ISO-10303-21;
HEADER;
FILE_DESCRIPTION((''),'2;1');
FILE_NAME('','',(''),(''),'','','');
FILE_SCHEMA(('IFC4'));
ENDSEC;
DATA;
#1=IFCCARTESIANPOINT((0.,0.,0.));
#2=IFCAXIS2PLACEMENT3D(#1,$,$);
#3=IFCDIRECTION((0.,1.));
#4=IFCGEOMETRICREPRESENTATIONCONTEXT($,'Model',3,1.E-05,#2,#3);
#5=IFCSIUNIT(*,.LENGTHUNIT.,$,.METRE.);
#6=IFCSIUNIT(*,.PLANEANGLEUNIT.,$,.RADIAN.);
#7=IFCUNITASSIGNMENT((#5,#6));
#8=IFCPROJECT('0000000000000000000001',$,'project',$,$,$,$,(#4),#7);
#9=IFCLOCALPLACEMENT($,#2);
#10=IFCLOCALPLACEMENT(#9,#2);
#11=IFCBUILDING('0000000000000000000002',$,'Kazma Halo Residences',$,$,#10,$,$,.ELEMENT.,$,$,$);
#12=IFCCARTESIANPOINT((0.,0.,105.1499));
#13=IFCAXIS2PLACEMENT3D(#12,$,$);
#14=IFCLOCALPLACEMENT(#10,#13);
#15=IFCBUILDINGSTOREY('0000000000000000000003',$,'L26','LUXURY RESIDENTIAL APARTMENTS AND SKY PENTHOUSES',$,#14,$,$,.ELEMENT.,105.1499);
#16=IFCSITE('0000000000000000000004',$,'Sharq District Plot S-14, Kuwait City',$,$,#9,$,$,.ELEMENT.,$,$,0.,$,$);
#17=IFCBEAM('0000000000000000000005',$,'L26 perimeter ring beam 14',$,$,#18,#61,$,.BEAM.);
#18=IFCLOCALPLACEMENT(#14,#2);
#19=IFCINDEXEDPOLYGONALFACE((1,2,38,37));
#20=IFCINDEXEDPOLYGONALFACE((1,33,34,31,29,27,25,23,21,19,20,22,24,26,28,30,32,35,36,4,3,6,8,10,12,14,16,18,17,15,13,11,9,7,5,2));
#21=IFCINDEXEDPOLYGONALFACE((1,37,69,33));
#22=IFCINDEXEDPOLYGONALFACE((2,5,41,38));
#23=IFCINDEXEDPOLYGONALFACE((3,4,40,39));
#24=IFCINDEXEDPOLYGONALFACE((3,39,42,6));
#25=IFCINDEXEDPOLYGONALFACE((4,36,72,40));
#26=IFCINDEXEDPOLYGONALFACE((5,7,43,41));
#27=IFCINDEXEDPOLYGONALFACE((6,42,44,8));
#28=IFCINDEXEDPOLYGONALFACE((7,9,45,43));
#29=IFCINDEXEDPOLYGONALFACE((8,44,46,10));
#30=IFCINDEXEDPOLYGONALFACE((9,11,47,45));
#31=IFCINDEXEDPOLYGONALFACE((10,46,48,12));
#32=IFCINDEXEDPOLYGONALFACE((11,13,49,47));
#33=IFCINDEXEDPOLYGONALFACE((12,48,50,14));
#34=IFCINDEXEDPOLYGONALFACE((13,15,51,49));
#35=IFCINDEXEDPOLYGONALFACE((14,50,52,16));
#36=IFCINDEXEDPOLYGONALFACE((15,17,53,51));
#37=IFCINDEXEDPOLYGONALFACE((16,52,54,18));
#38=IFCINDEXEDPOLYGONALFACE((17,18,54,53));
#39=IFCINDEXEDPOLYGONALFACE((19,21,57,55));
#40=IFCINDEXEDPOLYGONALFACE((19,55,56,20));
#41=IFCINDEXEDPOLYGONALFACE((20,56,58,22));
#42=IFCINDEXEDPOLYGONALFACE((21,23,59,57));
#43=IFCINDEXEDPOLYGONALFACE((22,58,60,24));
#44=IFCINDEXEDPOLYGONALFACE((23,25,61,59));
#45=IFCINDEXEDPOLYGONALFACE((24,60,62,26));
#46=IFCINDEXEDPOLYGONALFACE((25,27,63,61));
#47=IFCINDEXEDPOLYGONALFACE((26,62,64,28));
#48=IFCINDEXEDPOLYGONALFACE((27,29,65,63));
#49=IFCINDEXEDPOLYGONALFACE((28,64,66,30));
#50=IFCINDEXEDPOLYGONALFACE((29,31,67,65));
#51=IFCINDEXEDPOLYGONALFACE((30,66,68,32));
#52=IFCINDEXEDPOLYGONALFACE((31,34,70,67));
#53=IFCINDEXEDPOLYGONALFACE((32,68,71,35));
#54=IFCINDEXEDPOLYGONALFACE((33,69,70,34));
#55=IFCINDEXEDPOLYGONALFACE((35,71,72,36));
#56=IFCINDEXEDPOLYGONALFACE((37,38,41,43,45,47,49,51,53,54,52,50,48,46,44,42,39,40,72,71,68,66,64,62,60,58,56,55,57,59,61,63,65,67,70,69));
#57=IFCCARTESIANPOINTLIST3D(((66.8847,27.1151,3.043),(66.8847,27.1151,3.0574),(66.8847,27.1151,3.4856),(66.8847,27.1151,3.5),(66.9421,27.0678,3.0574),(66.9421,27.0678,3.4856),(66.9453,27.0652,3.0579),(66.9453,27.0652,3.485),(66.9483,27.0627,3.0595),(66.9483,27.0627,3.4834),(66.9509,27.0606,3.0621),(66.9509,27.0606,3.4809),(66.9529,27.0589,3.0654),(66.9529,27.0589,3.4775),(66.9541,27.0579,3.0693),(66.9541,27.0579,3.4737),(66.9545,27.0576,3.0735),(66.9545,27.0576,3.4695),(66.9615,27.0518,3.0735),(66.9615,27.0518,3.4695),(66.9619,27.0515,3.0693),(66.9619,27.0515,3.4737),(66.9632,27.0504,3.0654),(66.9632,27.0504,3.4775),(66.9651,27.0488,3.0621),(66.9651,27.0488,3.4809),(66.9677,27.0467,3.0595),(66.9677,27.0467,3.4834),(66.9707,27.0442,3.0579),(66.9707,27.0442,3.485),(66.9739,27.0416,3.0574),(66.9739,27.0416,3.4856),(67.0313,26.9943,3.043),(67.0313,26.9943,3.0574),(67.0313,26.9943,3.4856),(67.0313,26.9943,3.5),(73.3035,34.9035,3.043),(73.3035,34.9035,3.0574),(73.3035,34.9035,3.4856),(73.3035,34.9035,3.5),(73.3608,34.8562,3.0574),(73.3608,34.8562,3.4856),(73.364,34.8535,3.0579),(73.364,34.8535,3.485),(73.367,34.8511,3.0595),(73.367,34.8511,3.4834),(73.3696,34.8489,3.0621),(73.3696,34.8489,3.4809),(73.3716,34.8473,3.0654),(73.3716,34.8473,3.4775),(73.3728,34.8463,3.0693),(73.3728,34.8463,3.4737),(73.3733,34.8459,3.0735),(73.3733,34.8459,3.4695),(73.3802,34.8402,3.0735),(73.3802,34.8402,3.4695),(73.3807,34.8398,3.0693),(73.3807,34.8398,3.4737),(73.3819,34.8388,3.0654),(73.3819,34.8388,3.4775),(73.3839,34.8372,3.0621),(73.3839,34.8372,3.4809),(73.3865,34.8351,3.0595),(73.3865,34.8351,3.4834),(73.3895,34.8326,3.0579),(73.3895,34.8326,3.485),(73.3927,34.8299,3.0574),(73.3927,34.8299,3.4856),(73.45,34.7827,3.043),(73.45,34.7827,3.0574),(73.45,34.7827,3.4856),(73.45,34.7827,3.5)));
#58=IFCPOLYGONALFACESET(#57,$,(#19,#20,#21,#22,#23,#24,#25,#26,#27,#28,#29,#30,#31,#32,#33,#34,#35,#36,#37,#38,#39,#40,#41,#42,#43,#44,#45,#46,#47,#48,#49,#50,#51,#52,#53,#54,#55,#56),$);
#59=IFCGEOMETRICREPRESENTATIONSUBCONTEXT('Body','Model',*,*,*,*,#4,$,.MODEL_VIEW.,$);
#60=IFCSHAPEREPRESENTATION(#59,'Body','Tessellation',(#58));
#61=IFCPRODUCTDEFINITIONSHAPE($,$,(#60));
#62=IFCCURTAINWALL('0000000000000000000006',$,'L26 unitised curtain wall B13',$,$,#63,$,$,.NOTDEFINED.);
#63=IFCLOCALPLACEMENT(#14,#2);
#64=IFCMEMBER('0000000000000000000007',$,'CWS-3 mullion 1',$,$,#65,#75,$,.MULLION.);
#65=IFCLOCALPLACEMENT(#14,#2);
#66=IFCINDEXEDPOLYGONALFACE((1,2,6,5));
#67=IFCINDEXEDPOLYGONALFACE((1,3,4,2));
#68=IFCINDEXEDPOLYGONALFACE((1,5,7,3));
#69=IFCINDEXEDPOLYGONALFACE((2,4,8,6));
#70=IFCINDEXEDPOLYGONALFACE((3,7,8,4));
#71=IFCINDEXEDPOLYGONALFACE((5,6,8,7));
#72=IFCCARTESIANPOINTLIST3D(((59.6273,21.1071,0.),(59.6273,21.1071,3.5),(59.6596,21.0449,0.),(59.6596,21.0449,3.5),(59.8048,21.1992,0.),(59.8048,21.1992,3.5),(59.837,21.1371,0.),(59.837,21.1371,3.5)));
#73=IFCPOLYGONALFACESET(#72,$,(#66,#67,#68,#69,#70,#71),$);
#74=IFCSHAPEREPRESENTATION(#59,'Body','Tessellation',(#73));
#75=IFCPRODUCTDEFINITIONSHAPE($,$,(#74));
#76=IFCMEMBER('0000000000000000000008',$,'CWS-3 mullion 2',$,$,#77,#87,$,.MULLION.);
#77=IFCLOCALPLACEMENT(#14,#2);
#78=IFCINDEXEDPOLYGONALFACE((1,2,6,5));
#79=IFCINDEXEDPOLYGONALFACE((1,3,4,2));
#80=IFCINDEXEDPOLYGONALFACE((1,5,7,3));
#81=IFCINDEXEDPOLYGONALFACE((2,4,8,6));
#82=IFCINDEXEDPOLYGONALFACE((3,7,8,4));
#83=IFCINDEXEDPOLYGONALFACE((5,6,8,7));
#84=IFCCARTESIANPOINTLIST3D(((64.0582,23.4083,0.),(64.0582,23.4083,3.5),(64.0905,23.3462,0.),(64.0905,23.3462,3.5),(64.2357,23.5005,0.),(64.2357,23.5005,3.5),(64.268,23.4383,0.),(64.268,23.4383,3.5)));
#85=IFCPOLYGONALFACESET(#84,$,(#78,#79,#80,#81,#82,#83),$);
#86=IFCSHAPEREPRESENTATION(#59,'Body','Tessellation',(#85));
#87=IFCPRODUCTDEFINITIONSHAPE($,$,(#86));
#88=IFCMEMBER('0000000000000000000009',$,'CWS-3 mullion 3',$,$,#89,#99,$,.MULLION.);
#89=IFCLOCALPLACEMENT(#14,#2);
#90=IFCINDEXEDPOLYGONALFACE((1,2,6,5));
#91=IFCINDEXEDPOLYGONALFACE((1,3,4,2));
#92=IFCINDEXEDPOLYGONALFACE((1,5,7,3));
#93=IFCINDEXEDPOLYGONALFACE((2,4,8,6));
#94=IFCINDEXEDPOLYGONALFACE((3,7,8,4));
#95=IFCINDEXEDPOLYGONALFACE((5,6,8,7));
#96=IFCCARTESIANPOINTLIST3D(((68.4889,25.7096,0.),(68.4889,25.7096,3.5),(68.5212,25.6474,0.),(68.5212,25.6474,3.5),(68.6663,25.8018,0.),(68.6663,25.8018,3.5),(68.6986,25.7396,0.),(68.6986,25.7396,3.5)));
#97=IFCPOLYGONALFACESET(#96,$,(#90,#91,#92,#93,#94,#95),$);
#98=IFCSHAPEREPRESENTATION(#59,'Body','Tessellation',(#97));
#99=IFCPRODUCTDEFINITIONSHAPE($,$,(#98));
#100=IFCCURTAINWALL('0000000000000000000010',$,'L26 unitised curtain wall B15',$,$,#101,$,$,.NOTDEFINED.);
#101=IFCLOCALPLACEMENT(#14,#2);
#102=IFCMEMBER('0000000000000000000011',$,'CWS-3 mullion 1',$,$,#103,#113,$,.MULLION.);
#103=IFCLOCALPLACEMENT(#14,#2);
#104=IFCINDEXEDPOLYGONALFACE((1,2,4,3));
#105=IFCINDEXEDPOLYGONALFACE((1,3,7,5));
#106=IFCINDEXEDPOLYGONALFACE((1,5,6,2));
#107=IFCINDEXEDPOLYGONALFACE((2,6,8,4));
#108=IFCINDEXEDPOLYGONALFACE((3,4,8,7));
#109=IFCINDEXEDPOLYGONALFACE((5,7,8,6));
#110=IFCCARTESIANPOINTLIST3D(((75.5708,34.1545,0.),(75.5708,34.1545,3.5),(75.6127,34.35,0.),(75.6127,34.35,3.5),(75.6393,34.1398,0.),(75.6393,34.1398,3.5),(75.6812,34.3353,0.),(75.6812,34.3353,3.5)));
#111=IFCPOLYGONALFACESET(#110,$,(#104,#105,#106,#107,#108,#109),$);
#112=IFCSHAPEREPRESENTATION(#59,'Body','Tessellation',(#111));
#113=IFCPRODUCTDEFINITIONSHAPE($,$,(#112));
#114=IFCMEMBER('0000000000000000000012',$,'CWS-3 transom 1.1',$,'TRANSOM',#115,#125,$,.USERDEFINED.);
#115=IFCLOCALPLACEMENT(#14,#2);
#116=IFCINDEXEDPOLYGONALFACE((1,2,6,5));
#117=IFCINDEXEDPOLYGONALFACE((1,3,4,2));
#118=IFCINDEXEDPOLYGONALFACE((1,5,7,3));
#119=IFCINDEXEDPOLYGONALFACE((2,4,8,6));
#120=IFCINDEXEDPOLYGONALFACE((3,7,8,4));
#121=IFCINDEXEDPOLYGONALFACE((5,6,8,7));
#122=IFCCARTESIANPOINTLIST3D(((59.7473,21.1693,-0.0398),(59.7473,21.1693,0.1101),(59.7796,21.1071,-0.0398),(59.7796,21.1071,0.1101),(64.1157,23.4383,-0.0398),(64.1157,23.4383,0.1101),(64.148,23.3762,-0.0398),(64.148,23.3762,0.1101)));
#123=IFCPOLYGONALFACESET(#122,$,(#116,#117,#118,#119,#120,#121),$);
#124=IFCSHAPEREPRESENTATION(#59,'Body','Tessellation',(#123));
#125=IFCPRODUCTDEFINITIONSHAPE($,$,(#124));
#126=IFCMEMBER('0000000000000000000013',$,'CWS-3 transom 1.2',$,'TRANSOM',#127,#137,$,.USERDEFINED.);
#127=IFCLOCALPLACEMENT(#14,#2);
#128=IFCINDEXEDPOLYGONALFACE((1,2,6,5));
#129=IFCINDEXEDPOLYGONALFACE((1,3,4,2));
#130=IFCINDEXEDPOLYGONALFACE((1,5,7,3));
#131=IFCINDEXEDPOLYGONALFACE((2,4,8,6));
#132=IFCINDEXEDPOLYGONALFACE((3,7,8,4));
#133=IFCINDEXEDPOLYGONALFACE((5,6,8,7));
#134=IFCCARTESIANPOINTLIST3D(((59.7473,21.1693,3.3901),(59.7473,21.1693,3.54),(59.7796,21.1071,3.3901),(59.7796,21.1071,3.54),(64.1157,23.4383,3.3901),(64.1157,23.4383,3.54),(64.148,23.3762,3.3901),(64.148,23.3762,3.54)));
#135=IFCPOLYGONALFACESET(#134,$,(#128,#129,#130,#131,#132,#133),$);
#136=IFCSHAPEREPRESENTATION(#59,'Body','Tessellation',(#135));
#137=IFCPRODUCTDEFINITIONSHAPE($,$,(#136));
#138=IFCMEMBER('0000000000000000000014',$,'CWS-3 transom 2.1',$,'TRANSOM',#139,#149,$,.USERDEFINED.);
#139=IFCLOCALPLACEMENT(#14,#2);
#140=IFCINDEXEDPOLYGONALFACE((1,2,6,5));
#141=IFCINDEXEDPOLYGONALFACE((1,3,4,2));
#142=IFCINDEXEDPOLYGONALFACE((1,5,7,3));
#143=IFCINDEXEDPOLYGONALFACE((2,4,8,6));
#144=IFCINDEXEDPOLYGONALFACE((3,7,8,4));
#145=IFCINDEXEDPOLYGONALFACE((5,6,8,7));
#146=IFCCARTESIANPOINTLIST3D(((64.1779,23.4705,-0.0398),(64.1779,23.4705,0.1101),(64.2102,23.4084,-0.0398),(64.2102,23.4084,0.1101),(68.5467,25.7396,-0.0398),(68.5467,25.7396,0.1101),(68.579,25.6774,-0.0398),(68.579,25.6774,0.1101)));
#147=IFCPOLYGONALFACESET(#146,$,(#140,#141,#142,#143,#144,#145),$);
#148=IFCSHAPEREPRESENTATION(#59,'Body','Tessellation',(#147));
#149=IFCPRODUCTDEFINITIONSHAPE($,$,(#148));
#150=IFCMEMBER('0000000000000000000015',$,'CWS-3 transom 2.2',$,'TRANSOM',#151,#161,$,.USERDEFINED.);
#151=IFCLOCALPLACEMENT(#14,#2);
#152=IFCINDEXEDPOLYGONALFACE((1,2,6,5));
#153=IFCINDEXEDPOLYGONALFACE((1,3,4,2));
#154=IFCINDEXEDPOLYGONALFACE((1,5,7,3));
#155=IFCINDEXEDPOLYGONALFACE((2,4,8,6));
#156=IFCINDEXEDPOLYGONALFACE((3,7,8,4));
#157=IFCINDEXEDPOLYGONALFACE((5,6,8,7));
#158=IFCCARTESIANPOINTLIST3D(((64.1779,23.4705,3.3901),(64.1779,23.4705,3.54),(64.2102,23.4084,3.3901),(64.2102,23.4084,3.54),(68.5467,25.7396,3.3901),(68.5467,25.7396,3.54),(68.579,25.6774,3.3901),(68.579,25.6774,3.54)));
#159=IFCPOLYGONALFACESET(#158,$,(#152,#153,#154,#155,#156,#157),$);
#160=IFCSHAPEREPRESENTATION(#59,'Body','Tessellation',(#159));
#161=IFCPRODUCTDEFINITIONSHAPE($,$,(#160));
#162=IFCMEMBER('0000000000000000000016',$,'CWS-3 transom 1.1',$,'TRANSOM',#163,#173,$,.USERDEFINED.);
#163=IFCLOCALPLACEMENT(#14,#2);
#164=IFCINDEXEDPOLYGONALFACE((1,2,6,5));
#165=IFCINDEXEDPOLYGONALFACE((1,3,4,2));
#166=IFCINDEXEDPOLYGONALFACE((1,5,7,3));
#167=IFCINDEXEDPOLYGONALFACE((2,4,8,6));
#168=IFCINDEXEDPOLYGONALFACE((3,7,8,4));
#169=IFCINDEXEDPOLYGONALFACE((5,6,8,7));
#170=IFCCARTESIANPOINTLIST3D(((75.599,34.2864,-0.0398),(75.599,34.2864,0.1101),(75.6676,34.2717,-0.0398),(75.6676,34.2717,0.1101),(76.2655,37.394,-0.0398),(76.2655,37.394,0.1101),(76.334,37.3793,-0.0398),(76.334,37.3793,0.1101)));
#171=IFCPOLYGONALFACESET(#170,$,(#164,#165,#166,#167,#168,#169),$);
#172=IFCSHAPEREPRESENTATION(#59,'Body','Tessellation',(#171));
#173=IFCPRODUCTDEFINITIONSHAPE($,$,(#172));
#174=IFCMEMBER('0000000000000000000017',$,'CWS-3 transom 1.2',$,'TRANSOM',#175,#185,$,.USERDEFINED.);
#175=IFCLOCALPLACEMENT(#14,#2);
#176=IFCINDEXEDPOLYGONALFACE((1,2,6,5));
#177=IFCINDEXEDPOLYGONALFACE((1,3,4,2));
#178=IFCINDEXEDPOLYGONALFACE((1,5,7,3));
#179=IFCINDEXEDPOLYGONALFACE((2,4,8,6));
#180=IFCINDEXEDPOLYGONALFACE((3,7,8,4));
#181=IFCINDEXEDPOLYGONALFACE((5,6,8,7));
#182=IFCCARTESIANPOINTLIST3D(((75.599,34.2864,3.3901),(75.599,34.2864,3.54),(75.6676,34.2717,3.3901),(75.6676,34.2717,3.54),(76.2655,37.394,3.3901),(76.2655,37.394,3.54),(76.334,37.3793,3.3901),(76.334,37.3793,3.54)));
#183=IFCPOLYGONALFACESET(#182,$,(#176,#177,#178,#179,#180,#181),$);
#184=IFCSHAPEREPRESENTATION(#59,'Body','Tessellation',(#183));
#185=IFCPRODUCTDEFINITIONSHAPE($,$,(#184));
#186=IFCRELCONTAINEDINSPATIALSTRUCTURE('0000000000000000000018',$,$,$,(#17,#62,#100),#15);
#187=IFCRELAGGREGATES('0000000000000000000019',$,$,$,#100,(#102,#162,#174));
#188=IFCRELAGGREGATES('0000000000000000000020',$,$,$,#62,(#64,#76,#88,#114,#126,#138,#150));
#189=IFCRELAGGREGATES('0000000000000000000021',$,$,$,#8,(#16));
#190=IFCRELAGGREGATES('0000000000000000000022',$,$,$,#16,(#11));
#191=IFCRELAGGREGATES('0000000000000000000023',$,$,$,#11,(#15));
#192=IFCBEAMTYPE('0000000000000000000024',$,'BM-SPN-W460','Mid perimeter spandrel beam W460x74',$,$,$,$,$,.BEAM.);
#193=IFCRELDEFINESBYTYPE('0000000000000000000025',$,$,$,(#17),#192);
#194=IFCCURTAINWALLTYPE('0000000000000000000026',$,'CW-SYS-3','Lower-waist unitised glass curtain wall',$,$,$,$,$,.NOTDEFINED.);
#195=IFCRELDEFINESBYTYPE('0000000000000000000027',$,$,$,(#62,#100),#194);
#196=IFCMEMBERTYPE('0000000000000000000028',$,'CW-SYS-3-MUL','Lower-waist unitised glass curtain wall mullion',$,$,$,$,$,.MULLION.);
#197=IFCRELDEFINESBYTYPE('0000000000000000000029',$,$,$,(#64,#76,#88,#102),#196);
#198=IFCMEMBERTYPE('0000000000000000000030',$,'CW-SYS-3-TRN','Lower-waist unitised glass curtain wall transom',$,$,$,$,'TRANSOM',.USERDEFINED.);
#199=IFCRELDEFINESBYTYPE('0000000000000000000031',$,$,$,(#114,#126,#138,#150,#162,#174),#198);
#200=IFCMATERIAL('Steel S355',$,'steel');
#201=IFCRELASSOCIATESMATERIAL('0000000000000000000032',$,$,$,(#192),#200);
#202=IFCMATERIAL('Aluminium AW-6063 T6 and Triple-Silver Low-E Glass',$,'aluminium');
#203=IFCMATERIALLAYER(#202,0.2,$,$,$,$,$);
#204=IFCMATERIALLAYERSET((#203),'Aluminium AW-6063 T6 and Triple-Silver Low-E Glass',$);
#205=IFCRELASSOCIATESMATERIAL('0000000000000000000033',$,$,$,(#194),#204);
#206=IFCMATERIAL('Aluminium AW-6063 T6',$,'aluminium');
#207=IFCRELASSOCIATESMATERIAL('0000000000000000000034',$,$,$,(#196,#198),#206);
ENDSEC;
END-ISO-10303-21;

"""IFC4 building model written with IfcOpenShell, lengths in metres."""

from ifc_helpers import new_model, si_unit, direction, frame, origin, origin_2d, place, context, subcontext, project, spatial, rectangle, i_section, extrude, material, layer, layer_set, material_profile, profile_set, type_object, element, aggregate, save


model = new_model("IFC4")

# Units and contexts
model_context = context("Model", 3, precision=1e-05, world=origin(), true_north=direction((0.0, 1.0)))
body_context = subcontext(model_context, "Body", "Model", "MODEL_VIEW")
ifc_project = project(units=[si_unit("LENGTHUNIT", "METRE"), si_unit("PLANEANGLEUNIT", "RADIAN")], contexts=[model_context])

# Site, building, storey
site_placement = place(None, origin())
site = spatial("IfcSite", under=ifc_project, at=site_placement, Name="Sharq District Plot S-14, Kuwait City", CompositionType="ELEMENT", RefElevation=0.0)
building_placement = place(site_placement, origin())
building = spatial("IfcBuilding", under=site, at=building_placement, Name="Kazma Halo Residences", CompositionType="ELEMENT")
storey_placement = place(building_placement, frame((0.0, 0.0, 105.1499)))
storey = spatial("IfcBuildingStorey", under=building, at=storey_placement, Name="L26", Description="LUXURY RESIDENTIAL APARTMENTS AND SKY PENTHOUSES", CompositionType="ELEMENT", Elevation=105.1499)

# Beam
ifc_material_1 = material(Name="Steel S355", Category="steel")
ifc_material_profile_1 = material_profile(ifc_material_1, i_section(OverallWidth=0.1899, OverallDepth=0.457, WebThickness=0.009, FlangeThickness=0.0144, FilletRadius=0.0161, at=origin_2d()), Name="W460x74")
ifc_profile_set_1 = profile_set([ifc_material_profile_1], Name="Steel S355")
beam_type_1 = type_object("IfcBeamType", Name="BM-SPN-W460", Description="Mid perimeter spandrel beam W460x74", PredefinedType="BEAM", material=ifc_profile_set_1)
beam_1_placement = place(storey_placement, frame((66.958, 27.0547, 3.2715), z_axis=(0.63599, 0.771698, 0.0), x_axis=(-0.771698, 0.63599, 0.0)))
element("IfcBeam", 1, at=beam_1_placement, inside=storey, type_object=beam_type_1, Name="L26 perimeter ring beam 14", PredefinedType="BEAM", context=body_context, shape_type="SweptSolid", body=[
    extrude(i_section(OverallWidth=0.1899, OverallDepth=0.457, WebThickness=0.009, FlangeThickness=0.0144, FilletRadius=0.0161, at=origin_2d()), origin(), (0.0, 0.0, 1.0), 10.0925),
])

# Curtain wall, members
ifc_material_2 = material(Name="Aluminium AW-6063 T6 and Triple-Silver Low-E Glass", Category="aluminium")
ifc_layer_1 = layer(ifc_material_2, 0.2)
ifc_layer_set_1 = layer_set([ifc_layer_1], Name="Aluminium AW-6063 T6 and Triple-Silver Low-E Glass")
curtain_wall_type = type_object("IfcCurtainWallType", Name="CW-SYS-3", Description="Lower-waist unitised glass curtain wall", PredefinedType="NOTDEFINED", material=ifc_layer_set_1)
curtain_wall_1_placement = place(storey_placement, origin())
curtain_wall_1 = element("IfcCurtainWall", 2, at=curtain_wall_1_placement, inside=storey, type_object=curtain_wall_type, Name="L26 unitised curtain wall B13", PredefinedType="NOTDEFINED")
ifc_material_3 = material(Name="Aluminium AW-6063 T6", Category="aluminium")
ifc_material_profile_2 = material_profile(ifc_material_3, rectangle(XDim=0.0701, YDim=0.2, at=origin_2d()), Name="CWM-70x200")
ifc_profile_set_2 = profile_set([ifc_material_profile_2], Name="Aluminium AW-6063 T6")
member_type_1 = type_object("IfcMemberType", Name="CW-SYS-3-MUL", Description="Lower-waist unitised glass curtain wall mullion", PredefinedType="MULLION", material=ifc_profile_set_2)
member_1_placement = place(storey_placement, frame((59.7322, 21.1221, 0.0), z_axis=(0.0, 0.0, 1.0), x_axis=(-0.460932, 0.887435, 0.0)))
member_1 = element("IfcMember", 3, at=member_1_placement, type_object=member_type_1, Name="CWS-3 mullion 1", PredefinedType="MULLION", context=body_context, shape_type="SweptSolid", body=[
    extrude(rectangle(XDim=0.0701, YDim=0.2, at=origin_2d()), origin(), (0.0, 0.0, 1.0), 3.5),
])
member_2_placement = place(storey_placement, frame((64.1631, 23.4233, 0.0), z_axis=(0.0, 0.0, 1.0), x_axis=(-0.460932, 0.887435, 0.0)))
member_2 = element("IfcMember", 4, at=member_2_placement, type_object=member_type_1, Name="CWS-3 mullion 2", PredefinedType="MULLION", context=body_context, shape_type="SweptSolid", body=[
    extrude(rectangle(XDim=0.0701, YDim=0.2, at=origin_2d()), origin(), (0.0, 0.0, 1.0), 3.5),
])
member_3_placement = place(storey_placement, frame((68.5938, 25.7246, 0.0), z_axis=(0.0, 0.0, 1.0), x_axis=(-0.460932, 0.887435, 0.0)))
member_3 = element("IfcMember", 5, at=member_3_placement, type_object=member_type_1, Name="CWS-3 mullion 3", PredefinedType="MULLION", context=body_context, shape_type="SweptSolid", body=[
    extrude(rectangle(XDim=0.0701, YDim=0.2, at=origin_2d()), origin(), (0.0, 0.0, 1.0), 3.5),
])

# Curtain wall, member
curtain_wall_2_placement = place(storey_placement, origin())
curtain_wall_2 = element("IfcCurtainWall", 6, at=curtain_wall_2_placement, inside=storey, type_object=curtain_wall_type, Name="L26 unitised curtain wall B15", PredefinedType="NOTDEFINED")
member_4_placement = place(storey_placement, frame((75.626, 34.2449, 0.0), z_axis=(0.0, 0.0, 1.0), x_axis=(-0.977774, 0.209661, 0.0)))
member_4 = element("IfcMember", 7, at=member_4_placement, type_object=member_type_1, Name="CWS-3 mullion 1", PredefinedType="MULLION", context=body_context, shape_type="SweptSolid", body=[
    extrude(rectangle(XDim=0.0701, YDim=0.2, at=origin_2d()), origin(), (0.0, 0.0, 1.0), 3.5),
])

# Members
ifc_material_profile_3 = material_profile(ifc_material_3, rectangle(XDim=0.0701, YDim=0.1499, at=origin_2d()), Name="CWT-70x150")
ifc_profile_set_3 = profile_set([ifc_material_profile_3], Name="Aluminium AW-6063 T6")
member_type_2 = type_object("IfcMemberType", Name="CW-SYS-3-TRN", Description="Lower-waist unitised glass curtain wall transom", ElementType="TRANSOM", PredefinedType="USERDEFINED", material=ifc_profile_set_3)
member_5_placement = place(storey_placement, frame((59.7634, 21.1382, 0.0352), z_axis=(0.887427, 0.460948, 0.0), x_axis=(-0.460948, 0.887427, 0.0)))
member_5 = element("IfcMember", 8, at=member_5_placement, type_object=member_type_2, Name="CWS-3 transom 1.1", ObjectType="TRANSOM", PredefinedType="USERDEFINED", context=body_context, shape_type="SweptSolid", body=[
    extrude(rectangle(XDim=0.0701, YDim=0.1499, at=origin_2d()), origin(), (0.0, 0.0, 1.0), 4.9226),
])
member_6_placement = place(storey_placement, frame((59.7634, 21.1382, 3.4651), z_axis=(0.887427, 0.460948, 0.0), x_axis=(-0.460948, 0.887427, 0.0)))
member_6 = element("IfcMember", 9, at=member_6_placement, type_object=member_type_2, Name="CWS-3 transom 1.2", ObjectType="TRANSOM", PredefinedType="USERDEFINED", context=body_context, shape_type="SweptSolid", body=[
    extrude(rectangle(XDim=0.0701, YDim=0.1499, at=origin_2d()), origin(), (0.0, 0.0, 1.0), 4.9226),
])
member_7_placement = place(storey_placement, frame((64.1941, 23.4395, 0.0352), z_axis=(0.887438, 0.460928, 0.0), x_axis=(-0.460928, 0.887438, 0.0)))
member_7 = element("IfcMember", 10, at=member_7_placement, type_object=member_type_2, Name="CWS-3 transom 2.1", ObjectType="TRANSOM", PredefinedType="USERDEFINED", context=body_context, shape_type="SweptSolid", body=[
    extrude(rectangle(XDim=0.0701, YDim=0.1499, at=origin_2d()), origin(), (0.0, 0.0, 1.0), 4.9229),
])
member_8_placement = place(storey_placement, frame((64.1941, 23.4395, 3.4651), z_axis=(0.887438, 0.460928, 0.0), x_axis=(-0.460928, 0.887438, 0.0)))
member_8 = element("IfcMember", 11, at=member_8_placement, type_object=member_type_2, Name="CWS-3 transom 2.2", ObjectType="TRANSOM", PredefinedType="USERDEFINED", context=body_context, shape_type="SweptSolid", body=[
    extrude(rectangle(XDim=0.0701, YDim=0.1499, at=origin_2d()), origin(), (0.0, 0.0, 1.0), 4.9229),
])
member_9_placement = place(storey_placement, frame((75.6333, 34.2791, 0.0352), z_axis=(0.209702, 0.977765, 0.0), x_axis=(-0.977765, 0.209702, 0.0)))
member_9 = element("IfcMember", 12, at=member_9_placement, type_object=member_type_2, Name="CWS-3 transom 1.1", ObjectType="TRANSOM", PredefinedType="USERDEFINED", context=body_context, shape_type="SweptSolid", body=[
    extrude(rectangle(XDim=0.0701, YDim=0.1499, at=origin_2d()), origin(), (0.0, 0.0, 1.0), 3.1782),
])
member_10_placement = place(storey_placement, frame((75.6333, 34.2791, 3.4651), z_axis=(0.209702, 0.977765, 0.0), x_axis=(-0.977765, 0.209702, 0.0)))
member_10 = element("IfcMember", 13, at=member_10_placement, type_object=member_type_2, Name="CWS-3 transom 1.2", ObjectType="TRANSOM", PredefinedType="USERDEFINED", context=body_context, shape_type="SweptSolid", body=[
    extrude(rectangle(XDim=0.0701, YDim=0.1499, at=origin_2d()), origin(), (0.0, 0.0, 1.0), 3.1782),
])
aggregate(curtain_wall_2, [member_4, member_9, member_10])

aggregate(curtain_wall_1, [member_1, member_2, member_3, member_5, member_6, member_7, member_8])

save(model, "model.ifc")
